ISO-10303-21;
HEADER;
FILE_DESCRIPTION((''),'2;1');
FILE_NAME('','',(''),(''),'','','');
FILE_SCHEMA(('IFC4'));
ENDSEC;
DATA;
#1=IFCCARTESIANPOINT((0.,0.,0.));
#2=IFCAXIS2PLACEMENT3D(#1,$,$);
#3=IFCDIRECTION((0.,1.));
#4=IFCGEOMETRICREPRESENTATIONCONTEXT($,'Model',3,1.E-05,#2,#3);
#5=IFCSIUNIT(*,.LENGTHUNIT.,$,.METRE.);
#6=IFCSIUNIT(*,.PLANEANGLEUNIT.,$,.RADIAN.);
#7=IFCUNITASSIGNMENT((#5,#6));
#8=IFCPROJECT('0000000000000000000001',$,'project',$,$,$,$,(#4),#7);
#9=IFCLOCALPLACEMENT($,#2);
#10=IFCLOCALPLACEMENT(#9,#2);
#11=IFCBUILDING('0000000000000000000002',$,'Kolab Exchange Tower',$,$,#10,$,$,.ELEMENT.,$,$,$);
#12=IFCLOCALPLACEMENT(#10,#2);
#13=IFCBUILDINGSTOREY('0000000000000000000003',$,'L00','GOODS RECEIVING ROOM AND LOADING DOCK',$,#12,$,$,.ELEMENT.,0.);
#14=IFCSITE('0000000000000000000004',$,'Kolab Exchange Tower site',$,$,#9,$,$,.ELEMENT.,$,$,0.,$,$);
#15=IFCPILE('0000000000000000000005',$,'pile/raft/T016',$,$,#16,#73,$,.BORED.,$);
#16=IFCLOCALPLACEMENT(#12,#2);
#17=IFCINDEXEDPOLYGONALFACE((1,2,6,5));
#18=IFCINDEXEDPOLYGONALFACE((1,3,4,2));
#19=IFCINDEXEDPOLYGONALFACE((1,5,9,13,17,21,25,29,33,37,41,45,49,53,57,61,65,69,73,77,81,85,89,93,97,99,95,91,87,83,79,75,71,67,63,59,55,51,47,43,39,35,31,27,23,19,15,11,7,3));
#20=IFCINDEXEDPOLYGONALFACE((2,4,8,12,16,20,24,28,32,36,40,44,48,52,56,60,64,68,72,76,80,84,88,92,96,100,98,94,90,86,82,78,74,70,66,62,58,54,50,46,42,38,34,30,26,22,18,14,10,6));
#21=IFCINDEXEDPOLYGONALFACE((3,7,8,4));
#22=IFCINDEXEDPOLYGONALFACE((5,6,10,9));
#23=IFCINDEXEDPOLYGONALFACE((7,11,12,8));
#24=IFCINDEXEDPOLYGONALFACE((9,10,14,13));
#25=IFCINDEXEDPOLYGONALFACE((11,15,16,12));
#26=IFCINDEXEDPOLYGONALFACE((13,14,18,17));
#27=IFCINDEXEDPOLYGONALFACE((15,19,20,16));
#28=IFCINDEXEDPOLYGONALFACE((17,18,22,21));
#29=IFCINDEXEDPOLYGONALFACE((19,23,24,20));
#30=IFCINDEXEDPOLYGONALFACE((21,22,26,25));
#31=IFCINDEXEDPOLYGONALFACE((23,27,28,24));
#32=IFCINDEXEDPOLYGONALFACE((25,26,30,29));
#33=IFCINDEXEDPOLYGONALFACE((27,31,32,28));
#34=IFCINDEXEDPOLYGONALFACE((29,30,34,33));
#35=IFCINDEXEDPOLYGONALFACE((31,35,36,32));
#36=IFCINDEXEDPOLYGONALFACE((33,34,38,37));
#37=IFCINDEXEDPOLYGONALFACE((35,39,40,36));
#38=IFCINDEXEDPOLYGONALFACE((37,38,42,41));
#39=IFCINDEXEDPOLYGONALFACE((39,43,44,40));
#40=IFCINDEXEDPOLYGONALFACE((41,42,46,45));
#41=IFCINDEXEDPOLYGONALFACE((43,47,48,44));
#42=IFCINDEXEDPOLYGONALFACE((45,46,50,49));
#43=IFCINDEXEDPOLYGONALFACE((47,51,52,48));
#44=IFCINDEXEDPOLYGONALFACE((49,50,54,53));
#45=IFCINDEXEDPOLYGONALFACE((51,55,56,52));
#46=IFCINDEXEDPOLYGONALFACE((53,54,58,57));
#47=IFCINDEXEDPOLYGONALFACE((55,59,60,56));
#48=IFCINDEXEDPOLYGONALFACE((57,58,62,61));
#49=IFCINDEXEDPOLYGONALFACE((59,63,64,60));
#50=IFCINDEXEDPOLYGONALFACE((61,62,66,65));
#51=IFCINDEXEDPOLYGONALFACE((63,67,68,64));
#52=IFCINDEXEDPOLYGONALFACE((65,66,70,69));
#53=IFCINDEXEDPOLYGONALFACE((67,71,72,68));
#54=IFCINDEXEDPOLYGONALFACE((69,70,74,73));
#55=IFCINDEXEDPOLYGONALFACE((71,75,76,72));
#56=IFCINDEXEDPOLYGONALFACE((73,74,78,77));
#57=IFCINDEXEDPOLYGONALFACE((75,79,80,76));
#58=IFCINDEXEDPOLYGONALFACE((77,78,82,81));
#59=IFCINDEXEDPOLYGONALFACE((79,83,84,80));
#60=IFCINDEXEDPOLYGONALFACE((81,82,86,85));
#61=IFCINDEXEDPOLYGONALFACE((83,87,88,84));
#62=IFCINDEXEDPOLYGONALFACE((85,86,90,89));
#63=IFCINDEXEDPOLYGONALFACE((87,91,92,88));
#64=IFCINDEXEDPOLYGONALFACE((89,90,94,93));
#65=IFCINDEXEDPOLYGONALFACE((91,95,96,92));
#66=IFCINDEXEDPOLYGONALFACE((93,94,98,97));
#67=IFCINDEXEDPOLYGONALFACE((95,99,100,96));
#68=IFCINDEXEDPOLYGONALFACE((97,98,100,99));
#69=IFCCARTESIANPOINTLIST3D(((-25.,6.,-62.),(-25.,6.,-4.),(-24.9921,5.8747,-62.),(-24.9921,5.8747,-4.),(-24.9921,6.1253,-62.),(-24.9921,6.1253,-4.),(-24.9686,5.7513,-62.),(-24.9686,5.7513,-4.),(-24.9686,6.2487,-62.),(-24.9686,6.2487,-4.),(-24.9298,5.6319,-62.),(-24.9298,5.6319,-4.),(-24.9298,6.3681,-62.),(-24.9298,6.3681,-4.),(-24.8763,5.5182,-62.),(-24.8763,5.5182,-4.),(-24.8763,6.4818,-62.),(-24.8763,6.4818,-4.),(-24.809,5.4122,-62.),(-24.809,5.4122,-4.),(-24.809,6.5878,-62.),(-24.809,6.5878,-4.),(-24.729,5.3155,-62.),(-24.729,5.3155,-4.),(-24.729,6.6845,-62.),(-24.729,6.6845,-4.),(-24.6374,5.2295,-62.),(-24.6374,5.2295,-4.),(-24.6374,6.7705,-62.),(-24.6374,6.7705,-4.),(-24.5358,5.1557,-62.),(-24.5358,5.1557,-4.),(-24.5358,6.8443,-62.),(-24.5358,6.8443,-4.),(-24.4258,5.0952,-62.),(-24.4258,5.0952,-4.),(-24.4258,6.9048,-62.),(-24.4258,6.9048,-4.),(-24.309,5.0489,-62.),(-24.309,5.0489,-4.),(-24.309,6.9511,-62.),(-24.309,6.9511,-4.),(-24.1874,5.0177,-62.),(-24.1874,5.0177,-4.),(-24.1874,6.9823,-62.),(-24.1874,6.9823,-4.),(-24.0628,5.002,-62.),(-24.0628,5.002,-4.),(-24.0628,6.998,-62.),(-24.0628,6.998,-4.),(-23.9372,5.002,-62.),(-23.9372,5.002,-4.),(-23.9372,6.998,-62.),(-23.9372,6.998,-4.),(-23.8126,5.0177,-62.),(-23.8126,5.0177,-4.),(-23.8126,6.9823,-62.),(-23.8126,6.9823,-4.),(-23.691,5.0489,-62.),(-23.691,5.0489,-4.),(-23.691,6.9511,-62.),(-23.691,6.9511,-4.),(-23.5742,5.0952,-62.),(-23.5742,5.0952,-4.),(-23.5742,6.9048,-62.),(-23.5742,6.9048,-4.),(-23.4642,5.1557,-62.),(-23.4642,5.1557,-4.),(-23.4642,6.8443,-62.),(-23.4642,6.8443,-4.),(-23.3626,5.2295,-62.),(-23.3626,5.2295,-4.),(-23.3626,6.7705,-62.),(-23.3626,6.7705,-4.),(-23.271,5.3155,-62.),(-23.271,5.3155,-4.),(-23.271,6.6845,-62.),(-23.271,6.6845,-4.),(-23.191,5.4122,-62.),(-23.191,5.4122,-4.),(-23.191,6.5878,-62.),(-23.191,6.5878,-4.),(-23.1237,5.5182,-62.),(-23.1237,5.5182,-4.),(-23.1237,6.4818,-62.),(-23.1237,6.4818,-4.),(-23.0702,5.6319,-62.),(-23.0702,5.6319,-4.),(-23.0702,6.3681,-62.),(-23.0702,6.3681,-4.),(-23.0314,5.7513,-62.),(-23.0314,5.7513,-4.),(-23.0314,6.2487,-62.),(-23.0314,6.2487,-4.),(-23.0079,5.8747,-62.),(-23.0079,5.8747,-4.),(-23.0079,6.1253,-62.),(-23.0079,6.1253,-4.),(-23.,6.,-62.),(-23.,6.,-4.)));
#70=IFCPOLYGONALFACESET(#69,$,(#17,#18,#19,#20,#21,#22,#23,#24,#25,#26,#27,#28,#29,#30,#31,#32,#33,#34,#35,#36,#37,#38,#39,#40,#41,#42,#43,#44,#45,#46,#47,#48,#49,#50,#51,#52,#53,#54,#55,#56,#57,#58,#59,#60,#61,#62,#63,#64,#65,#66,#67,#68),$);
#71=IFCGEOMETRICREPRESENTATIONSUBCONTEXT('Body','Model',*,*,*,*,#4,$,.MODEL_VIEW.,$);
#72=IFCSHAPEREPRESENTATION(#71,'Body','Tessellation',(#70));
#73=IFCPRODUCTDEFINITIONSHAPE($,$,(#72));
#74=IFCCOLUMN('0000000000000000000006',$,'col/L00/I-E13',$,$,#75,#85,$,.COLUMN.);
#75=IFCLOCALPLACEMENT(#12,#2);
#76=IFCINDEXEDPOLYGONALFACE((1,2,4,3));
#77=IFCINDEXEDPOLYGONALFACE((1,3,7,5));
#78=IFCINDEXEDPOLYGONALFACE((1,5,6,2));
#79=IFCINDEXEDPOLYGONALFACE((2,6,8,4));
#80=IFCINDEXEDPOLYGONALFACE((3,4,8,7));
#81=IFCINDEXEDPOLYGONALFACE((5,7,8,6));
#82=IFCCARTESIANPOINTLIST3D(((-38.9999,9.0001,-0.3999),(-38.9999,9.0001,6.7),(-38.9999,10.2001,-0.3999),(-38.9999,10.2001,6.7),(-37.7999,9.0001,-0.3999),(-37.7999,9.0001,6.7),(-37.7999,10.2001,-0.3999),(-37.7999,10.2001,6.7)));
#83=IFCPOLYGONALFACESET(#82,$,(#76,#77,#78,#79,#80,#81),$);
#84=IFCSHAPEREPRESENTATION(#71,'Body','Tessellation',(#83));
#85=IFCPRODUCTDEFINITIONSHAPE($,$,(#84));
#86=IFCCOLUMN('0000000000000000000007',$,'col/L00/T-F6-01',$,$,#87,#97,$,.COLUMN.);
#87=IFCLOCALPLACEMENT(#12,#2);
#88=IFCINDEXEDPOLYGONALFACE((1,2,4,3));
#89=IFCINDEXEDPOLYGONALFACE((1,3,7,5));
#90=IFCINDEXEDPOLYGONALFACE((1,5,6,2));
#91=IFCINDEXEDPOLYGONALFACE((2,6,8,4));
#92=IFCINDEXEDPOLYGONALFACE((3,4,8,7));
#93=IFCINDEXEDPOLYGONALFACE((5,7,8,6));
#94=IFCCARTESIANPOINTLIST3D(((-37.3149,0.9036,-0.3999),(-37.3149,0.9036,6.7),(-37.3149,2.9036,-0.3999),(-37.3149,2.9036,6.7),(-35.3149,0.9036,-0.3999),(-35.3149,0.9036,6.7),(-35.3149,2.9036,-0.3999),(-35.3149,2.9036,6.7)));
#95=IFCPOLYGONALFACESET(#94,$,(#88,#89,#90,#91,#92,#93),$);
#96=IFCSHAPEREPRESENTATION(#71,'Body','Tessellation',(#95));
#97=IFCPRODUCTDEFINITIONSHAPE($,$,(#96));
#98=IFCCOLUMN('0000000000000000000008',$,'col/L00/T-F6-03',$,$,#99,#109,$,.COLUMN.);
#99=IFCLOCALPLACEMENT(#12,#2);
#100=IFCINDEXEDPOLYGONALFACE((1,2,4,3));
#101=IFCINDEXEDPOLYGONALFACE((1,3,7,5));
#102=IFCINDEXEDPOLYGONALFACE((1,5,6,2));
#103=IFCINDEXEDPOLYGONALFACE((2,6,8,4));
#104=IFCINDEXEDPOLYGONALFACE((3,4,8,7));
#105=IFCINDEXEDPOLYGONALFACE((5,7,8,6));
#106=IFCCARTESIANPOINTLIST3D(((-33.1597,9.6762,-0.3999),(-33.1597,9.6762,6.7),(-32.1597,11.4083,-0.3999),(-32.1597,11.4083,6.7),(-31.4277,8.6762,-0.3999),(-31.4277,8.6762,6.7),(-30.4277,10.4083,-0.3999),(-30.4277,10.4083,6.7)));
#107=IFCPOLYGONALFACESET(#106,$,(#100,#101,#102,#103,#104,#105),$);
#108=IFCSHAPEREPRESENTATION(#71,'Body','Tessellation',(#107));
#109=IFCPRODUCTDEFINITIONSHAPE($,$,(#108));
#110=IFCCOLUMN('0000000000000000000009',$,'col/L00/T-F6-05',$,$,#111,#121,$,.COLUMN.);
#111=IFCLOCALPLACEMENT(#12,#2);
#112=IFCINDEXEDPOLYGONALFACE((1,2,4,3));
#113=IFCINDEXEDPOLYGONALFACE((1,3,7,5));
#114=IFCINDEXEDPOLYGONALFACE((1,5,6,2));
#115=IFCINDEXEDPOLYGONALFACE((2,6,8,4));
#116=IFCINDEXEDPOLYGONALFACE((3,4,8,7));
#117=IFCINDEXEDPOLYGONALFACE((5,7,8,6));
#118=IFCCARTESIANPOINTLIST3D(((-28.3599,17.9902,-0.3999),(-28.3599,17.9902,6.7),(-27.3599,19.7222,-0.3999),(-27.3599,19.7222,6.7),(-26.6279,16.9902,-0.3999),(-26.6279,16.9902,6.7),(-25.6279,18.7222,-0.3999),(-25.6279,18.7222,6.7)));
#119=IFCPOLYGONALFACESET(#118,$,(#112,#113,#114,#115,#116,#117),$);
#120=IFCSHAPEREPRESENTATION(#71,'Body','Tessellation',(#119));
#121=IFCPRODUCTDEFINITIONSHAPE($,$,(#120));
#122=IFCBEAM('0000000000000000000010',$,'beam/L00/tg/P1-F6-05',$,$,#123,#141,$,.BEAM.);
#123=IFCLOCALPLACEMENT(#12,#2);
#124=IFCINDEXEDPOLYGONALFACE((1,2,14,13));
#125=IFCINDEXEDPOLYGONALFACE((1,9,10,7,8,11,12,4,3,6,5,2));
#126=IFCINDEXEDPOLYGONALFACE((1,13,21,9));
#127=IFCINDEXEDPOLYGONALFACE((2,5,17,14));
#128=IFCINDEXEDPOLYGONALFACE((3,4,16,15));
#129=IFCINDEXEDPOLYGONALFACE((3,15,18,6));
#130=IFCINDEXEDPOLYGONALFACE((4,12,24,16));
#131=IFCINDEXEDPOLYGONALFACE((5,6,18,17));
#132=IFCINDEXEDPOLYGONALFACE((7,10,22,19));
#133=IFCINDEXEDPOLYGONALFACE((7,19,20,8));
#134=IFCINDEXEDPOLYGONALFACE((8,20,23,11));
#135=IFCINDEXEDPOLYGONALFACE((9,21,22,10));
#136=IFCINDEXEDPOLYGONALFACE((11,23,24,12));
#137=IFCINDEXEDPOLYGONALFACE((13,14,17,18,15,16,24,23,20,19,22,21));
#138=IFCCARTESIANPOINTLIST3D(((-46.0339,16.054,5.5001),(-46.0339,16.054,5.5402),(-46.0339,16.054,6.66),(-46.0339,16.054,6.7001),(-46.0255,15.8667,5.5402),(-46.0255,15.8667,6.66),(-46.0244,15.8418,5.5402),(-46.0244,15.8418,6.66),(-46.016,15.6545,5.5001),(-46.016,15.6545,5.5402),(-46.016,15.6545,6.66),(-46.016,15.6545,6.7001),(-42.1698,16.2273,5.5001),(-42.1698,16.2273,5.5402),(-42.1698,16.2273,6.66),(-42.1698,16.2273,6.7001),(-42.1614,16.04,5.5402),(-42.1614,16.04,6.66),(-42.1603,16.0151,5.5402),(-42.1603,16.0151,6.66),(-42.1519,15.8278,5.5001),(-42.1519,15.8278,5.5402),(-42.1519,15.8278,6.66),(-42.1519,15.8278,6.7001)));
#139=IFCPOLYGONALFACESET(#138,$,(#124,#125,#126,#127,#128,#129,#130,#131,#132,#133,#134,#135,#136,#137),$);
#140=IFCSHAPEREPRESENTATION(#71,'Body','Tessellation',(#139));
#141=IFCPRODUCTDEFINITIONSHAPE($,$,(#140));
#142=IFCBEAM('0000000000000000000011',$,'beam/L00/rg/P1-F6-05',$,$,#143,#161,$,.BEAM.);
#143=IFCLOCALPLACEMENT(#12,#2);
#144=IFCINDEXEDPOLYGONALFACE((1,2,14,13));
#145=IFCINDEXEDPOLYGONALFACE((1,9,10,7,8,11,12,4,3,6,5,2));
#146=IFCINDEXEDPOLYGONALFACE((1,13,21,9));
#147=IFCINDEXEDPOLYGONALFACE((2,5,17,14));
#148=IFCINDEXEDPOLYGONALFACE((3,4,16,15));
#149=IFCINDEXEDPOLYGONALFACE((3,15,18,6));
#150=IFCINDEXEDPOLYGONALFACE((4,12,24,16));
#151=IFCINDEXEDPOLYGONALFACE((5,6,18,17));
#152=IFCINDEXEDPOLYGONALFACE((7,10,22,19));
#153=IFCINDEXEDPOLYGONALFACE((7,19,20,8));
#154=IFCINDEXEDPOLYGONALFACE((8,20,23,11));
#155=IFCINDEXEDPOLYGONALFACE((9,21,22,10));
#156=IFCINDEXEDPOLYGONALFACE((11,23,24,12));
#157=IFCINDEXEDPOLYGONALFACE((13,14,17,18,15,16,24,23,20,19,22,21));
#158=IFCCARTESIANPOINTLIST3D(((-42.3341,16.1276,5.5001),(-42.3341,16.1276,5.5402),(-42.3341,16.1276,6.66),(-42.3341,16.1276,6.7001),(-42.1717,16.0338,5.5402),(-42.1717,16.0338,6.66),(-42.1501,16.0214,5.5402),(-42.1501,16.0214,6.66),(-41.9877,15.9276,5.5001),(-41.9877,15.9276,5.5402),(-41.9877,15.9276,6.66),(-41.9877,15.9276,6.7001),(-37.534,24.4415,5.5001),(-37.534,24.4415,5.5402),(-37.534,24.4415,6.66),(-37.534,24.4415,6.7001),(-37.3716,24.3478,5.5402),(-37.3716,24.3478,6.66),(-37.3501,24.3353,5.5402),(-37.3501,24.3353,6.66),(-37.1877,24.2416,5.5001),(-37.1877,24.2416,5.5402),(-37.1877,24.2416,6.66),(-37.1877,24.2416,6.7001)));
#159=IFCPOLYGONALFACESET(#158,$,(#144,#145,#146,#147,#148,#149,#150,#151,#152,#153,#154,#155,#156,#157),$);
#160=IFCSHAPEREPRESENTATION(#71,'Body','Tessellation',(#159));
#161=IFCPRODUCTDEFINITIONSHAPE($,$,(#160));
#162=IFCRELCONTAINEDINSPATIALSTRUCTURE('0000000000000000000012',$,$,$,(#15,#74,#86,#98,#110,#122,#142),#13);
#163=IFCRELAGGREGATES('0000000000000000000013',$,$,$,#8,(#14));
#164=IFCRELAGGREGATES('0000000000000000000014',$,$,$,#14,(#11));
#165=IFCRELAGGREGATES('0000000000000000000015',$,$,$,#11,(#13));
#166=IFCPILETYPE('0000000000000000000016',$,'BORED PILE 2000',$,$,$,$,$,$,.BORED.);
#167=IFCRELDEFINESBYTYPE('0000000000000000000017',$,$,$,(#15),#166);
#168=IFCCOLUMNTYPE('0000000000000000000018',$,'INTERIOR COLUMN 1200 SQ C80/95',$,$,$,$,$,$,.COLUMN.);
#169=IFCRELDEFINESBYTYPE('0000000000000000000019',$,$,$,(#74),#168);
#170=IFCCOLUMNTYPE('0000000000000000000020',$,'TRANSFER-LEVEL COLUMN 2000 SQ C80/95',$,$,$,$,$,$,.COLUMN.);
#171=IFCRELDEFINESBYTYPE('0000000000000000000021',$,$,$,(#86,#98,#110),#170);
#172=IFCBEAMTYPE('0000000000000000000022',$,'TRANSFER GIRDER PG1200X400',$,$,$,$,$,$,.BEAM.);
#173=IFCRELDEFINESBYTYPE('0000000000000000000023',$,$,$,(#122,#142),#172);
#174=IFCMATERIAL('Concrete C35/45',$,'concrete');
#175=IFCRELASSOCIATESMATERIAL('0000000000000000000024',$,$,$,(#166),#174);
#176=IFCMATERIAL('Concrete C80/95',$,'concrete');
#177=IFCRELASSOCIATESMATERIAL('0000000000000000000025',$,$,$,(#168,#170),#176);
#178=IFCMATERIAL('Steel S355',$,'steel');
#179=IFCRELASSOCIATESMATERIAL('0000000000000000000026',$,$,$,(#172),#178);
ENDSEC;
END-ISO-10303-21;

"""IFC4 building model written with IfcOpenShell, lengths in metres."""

from ifc_helpers import new_model, si_unit, direction, frame, origin, origin_2d, place, context, subcontext, project, spatial, rectangle, circle, i_section, extrude, material, material_profile, profile_set, type_object, element, save


model = new_model("IFC4")

# Units and contexts
model_context = context("Model", 3, precision=1e-05, world=origin(), true_north=direction((0.0, 1.0)))
body_context = subcontext(model_context, "Body", "Model", "MODEL_VIEW")
ifc_project = project(units=[si_unit("LENGTHUNIT", "METRE"), si_unit("PLANEANGLEUNIT", "RADIAN")], contexts=[model_context])

# Site, building, storey
site_placement = place(None, origin())
site = spatial("IfcSite", under=ifc_project, at=site_placement, Name="Kolab Exchange Tower site", CompositionType="ELEMENT", RefElevation=0.0)
building_placement = place(site_placement, origin())
building = spatial("IfcBuilding", under=site, at=building_placement, Name="Kolab Exchange Tower", CompositionType="ELEMENT")
storey_placement = place(building_placement, origin())
storey = spatial("IfcBuildingStorey", under=building, at=storey_placement, Name="L00", Description="GOODS RECEIVING ROOM AND LOADING DOCK", CompositionType="ELEMENT", Elevation=0.0)

# Pile
ifc_material_1 = material(Name="Concrete C35/45", Category="concrete")
ifc_material_profile_1 = material_profile(ifc_material_1, circle(Radius=1.0, at=origin_2d()), Name="BP2000")
ifc_profile_set_1 = profile_set([ifc_material_profile_1], Name="Concrete C35/45")
pile_type_1 = type_object("IfcPileType", Name="BORED PILE 2000", PredefinedType="BORED", material=ifc_profile_set_1)
for number, where, z_axis, x_axis, name in (
    (1, (-24.0, 6.0, -4.0), (0.0, 0.0, -1.0), (1.0, 0.0, 0.0), "pile/raft/T016"),
):
    element("IfcPile", number, at=place(storey_placement, frame(where, z_axis=z_axis, x_axis=x_axis)), inside=storey, type_object=pile_type_1, Name=name, PredefinedType="BORED", context=body_context, shape_type="SweptSolid", body=[
        extrude(circle(Radius=1.0, at=origin_2d()), origin(), (0.0, 0.0, 1.0), 58.0),
    ])

# Columns
ifc_material_2 = material(Name="Concrete C80/95", Category="concrete")
ifc_material_profile_2 = material_profile(ifc_material_2, rectangle(XDim=1.2, YDim=1.2, at=origin_2d()), Name="RC1200")
ifc_profile_set_2 = profile_set([ifc_material_profile_2], Name="Concrete C80/95")
column_type_1 = type_object("IfcColumnType", Name="INTERIOR COLUMN 1200 SQ C80/95", PredefinedType="COLUMN", material=ifc_profile_set_2)
column_placement = place(storey_placement, frame((-38.3999, 9.6001, -0.3999), z_axis=(0.0, 0.0, 1.0), x_axis=(1.0, 0.0, 0.0)))
element("IfcColumn", 2, at=column_placement, inside=storey, type_object=column_type_1, Name="col/L00/I-E13", PredefinedType="COLUMN", context=body_context, shape_type="SweptSolid", body=[
    extrude(rectangle(XDim=1.2, YDim=1.2, at=origin_2d()), origin(), (0.0, 0.0, 1.0), 7.0999),
])
ifc_material_profile_3 = material_profile(ifc_material_2, rectangle(XDim=2.0, YDim=2.0, at=origin_2d()), Name="RC2000")
ifc_profile_set_3 = profile_set([ifc_material_profile_3], Name="Concrete C80/95")
column_type_2 = type_object("IfcColumnType", Name="TRANSFER-LEVEL COLUMN 2000 SQ C80/95", PredefinedType="COLUMN", material=ifc_profile_set_3)
for number, where, z_axis, x_axis, name in (
    (3, (-36.3149, 1.9036, -0.3999), (0.0, 0.0, 1.0), (1.0, 0.0, 0.0), "col/L00/T-F6-01"),
    (4, (-31.7937, 10.0422, -0.3999), (0.0, 0.0, 1.0), (0.5, 0.866025, 0.0), "col/L00/T-F6-03"),
    (5, (-26.9939, 18.3562, -0.3999), (0.0, 0.0, 1.0), (0.5, 0.866025, 0.0), "col/L00/T-F6-05"),
):
    element("IfcColumn", number, at=place(storey_placement, frame(where, z_axis=z_axis, x_axis=x_axis)), inside=storey, type_object=column_type_2, Name=name, PredefinedType="COLUMN", context=body_context, shape_type="SweptSolid", body=[
        extrude(rectangle(XDim=2.0, YDim=2.0, at=origin_2d()), origin(), (0.0, 0.0, 1.0), 7.0999),
    ])

# Beams
ifc_material_3 = material(Name="Steel S355", Category="steel")
ifc_material_profile_4 = material_profile(ifc_material_3, i_section(OverallWidth=0.3999, OverallDepth=1.2, WebThickness=0.0249, FlangeThickness=0.04, at=origin_2d()), Name="PG1200X400")
ifc_profile_set_4 = profile_set([ifc_material_profile_4], Name="Steel S355")
beam_type = type_object("IfcBeamType", Name="TRANSFER GIRDER PG1200X400", PredefinedType="BEAM", material=ifc_profile_set_4)
beam_1_placement = place(storey_placement, frame((-42.1609, 16.0276, 6.1001), z_axis=(-0.998995, -0.044815, 0.0), x_axis=(0.044815, -0.998995, 0.0)))
element("IfcBeam", 6, at=beam_1_placement, inside=storey, type_object=beam_type, Name="beam/L00/tg/P1-F6-05", PredefinedType="BEAM", context=body_context, shape_type="SweptSolid", body=[
    extrude(i_section(OverallWidth=0.3999, OverallDepth=1.2, WebThickness=0.0249, FlangeThickness=0.04, at=origin_2d()), origin(), (0.0, 0.0, 1.0), 3.8679),
])
beam_2_placement = place(storey_placement, frame((-42.1609, 16.0276, 6.1001), z_axis=(0.499998, 0.866026, 0.0), x_axis=(-0.866026, 0.499998, 0.0)))
element("IfcBeam", 7, at=beam_2_placement, inside=storey, type_object=beam_type, Name="beam/L00/rg/P1-F6-05", PredefinedType="BEAM", context=body_context, shape_type="SweptSolid", body=[
    extrude(i_section(OverallWidth=0.3999, OverallDepth=1.2, WebThickness=0.0249, FlangeThickness=0.04, at=origin_2d()), origin(), (0.0, 0.0, 1.0), 9.6001),
])

save(model, "model.ifc")
